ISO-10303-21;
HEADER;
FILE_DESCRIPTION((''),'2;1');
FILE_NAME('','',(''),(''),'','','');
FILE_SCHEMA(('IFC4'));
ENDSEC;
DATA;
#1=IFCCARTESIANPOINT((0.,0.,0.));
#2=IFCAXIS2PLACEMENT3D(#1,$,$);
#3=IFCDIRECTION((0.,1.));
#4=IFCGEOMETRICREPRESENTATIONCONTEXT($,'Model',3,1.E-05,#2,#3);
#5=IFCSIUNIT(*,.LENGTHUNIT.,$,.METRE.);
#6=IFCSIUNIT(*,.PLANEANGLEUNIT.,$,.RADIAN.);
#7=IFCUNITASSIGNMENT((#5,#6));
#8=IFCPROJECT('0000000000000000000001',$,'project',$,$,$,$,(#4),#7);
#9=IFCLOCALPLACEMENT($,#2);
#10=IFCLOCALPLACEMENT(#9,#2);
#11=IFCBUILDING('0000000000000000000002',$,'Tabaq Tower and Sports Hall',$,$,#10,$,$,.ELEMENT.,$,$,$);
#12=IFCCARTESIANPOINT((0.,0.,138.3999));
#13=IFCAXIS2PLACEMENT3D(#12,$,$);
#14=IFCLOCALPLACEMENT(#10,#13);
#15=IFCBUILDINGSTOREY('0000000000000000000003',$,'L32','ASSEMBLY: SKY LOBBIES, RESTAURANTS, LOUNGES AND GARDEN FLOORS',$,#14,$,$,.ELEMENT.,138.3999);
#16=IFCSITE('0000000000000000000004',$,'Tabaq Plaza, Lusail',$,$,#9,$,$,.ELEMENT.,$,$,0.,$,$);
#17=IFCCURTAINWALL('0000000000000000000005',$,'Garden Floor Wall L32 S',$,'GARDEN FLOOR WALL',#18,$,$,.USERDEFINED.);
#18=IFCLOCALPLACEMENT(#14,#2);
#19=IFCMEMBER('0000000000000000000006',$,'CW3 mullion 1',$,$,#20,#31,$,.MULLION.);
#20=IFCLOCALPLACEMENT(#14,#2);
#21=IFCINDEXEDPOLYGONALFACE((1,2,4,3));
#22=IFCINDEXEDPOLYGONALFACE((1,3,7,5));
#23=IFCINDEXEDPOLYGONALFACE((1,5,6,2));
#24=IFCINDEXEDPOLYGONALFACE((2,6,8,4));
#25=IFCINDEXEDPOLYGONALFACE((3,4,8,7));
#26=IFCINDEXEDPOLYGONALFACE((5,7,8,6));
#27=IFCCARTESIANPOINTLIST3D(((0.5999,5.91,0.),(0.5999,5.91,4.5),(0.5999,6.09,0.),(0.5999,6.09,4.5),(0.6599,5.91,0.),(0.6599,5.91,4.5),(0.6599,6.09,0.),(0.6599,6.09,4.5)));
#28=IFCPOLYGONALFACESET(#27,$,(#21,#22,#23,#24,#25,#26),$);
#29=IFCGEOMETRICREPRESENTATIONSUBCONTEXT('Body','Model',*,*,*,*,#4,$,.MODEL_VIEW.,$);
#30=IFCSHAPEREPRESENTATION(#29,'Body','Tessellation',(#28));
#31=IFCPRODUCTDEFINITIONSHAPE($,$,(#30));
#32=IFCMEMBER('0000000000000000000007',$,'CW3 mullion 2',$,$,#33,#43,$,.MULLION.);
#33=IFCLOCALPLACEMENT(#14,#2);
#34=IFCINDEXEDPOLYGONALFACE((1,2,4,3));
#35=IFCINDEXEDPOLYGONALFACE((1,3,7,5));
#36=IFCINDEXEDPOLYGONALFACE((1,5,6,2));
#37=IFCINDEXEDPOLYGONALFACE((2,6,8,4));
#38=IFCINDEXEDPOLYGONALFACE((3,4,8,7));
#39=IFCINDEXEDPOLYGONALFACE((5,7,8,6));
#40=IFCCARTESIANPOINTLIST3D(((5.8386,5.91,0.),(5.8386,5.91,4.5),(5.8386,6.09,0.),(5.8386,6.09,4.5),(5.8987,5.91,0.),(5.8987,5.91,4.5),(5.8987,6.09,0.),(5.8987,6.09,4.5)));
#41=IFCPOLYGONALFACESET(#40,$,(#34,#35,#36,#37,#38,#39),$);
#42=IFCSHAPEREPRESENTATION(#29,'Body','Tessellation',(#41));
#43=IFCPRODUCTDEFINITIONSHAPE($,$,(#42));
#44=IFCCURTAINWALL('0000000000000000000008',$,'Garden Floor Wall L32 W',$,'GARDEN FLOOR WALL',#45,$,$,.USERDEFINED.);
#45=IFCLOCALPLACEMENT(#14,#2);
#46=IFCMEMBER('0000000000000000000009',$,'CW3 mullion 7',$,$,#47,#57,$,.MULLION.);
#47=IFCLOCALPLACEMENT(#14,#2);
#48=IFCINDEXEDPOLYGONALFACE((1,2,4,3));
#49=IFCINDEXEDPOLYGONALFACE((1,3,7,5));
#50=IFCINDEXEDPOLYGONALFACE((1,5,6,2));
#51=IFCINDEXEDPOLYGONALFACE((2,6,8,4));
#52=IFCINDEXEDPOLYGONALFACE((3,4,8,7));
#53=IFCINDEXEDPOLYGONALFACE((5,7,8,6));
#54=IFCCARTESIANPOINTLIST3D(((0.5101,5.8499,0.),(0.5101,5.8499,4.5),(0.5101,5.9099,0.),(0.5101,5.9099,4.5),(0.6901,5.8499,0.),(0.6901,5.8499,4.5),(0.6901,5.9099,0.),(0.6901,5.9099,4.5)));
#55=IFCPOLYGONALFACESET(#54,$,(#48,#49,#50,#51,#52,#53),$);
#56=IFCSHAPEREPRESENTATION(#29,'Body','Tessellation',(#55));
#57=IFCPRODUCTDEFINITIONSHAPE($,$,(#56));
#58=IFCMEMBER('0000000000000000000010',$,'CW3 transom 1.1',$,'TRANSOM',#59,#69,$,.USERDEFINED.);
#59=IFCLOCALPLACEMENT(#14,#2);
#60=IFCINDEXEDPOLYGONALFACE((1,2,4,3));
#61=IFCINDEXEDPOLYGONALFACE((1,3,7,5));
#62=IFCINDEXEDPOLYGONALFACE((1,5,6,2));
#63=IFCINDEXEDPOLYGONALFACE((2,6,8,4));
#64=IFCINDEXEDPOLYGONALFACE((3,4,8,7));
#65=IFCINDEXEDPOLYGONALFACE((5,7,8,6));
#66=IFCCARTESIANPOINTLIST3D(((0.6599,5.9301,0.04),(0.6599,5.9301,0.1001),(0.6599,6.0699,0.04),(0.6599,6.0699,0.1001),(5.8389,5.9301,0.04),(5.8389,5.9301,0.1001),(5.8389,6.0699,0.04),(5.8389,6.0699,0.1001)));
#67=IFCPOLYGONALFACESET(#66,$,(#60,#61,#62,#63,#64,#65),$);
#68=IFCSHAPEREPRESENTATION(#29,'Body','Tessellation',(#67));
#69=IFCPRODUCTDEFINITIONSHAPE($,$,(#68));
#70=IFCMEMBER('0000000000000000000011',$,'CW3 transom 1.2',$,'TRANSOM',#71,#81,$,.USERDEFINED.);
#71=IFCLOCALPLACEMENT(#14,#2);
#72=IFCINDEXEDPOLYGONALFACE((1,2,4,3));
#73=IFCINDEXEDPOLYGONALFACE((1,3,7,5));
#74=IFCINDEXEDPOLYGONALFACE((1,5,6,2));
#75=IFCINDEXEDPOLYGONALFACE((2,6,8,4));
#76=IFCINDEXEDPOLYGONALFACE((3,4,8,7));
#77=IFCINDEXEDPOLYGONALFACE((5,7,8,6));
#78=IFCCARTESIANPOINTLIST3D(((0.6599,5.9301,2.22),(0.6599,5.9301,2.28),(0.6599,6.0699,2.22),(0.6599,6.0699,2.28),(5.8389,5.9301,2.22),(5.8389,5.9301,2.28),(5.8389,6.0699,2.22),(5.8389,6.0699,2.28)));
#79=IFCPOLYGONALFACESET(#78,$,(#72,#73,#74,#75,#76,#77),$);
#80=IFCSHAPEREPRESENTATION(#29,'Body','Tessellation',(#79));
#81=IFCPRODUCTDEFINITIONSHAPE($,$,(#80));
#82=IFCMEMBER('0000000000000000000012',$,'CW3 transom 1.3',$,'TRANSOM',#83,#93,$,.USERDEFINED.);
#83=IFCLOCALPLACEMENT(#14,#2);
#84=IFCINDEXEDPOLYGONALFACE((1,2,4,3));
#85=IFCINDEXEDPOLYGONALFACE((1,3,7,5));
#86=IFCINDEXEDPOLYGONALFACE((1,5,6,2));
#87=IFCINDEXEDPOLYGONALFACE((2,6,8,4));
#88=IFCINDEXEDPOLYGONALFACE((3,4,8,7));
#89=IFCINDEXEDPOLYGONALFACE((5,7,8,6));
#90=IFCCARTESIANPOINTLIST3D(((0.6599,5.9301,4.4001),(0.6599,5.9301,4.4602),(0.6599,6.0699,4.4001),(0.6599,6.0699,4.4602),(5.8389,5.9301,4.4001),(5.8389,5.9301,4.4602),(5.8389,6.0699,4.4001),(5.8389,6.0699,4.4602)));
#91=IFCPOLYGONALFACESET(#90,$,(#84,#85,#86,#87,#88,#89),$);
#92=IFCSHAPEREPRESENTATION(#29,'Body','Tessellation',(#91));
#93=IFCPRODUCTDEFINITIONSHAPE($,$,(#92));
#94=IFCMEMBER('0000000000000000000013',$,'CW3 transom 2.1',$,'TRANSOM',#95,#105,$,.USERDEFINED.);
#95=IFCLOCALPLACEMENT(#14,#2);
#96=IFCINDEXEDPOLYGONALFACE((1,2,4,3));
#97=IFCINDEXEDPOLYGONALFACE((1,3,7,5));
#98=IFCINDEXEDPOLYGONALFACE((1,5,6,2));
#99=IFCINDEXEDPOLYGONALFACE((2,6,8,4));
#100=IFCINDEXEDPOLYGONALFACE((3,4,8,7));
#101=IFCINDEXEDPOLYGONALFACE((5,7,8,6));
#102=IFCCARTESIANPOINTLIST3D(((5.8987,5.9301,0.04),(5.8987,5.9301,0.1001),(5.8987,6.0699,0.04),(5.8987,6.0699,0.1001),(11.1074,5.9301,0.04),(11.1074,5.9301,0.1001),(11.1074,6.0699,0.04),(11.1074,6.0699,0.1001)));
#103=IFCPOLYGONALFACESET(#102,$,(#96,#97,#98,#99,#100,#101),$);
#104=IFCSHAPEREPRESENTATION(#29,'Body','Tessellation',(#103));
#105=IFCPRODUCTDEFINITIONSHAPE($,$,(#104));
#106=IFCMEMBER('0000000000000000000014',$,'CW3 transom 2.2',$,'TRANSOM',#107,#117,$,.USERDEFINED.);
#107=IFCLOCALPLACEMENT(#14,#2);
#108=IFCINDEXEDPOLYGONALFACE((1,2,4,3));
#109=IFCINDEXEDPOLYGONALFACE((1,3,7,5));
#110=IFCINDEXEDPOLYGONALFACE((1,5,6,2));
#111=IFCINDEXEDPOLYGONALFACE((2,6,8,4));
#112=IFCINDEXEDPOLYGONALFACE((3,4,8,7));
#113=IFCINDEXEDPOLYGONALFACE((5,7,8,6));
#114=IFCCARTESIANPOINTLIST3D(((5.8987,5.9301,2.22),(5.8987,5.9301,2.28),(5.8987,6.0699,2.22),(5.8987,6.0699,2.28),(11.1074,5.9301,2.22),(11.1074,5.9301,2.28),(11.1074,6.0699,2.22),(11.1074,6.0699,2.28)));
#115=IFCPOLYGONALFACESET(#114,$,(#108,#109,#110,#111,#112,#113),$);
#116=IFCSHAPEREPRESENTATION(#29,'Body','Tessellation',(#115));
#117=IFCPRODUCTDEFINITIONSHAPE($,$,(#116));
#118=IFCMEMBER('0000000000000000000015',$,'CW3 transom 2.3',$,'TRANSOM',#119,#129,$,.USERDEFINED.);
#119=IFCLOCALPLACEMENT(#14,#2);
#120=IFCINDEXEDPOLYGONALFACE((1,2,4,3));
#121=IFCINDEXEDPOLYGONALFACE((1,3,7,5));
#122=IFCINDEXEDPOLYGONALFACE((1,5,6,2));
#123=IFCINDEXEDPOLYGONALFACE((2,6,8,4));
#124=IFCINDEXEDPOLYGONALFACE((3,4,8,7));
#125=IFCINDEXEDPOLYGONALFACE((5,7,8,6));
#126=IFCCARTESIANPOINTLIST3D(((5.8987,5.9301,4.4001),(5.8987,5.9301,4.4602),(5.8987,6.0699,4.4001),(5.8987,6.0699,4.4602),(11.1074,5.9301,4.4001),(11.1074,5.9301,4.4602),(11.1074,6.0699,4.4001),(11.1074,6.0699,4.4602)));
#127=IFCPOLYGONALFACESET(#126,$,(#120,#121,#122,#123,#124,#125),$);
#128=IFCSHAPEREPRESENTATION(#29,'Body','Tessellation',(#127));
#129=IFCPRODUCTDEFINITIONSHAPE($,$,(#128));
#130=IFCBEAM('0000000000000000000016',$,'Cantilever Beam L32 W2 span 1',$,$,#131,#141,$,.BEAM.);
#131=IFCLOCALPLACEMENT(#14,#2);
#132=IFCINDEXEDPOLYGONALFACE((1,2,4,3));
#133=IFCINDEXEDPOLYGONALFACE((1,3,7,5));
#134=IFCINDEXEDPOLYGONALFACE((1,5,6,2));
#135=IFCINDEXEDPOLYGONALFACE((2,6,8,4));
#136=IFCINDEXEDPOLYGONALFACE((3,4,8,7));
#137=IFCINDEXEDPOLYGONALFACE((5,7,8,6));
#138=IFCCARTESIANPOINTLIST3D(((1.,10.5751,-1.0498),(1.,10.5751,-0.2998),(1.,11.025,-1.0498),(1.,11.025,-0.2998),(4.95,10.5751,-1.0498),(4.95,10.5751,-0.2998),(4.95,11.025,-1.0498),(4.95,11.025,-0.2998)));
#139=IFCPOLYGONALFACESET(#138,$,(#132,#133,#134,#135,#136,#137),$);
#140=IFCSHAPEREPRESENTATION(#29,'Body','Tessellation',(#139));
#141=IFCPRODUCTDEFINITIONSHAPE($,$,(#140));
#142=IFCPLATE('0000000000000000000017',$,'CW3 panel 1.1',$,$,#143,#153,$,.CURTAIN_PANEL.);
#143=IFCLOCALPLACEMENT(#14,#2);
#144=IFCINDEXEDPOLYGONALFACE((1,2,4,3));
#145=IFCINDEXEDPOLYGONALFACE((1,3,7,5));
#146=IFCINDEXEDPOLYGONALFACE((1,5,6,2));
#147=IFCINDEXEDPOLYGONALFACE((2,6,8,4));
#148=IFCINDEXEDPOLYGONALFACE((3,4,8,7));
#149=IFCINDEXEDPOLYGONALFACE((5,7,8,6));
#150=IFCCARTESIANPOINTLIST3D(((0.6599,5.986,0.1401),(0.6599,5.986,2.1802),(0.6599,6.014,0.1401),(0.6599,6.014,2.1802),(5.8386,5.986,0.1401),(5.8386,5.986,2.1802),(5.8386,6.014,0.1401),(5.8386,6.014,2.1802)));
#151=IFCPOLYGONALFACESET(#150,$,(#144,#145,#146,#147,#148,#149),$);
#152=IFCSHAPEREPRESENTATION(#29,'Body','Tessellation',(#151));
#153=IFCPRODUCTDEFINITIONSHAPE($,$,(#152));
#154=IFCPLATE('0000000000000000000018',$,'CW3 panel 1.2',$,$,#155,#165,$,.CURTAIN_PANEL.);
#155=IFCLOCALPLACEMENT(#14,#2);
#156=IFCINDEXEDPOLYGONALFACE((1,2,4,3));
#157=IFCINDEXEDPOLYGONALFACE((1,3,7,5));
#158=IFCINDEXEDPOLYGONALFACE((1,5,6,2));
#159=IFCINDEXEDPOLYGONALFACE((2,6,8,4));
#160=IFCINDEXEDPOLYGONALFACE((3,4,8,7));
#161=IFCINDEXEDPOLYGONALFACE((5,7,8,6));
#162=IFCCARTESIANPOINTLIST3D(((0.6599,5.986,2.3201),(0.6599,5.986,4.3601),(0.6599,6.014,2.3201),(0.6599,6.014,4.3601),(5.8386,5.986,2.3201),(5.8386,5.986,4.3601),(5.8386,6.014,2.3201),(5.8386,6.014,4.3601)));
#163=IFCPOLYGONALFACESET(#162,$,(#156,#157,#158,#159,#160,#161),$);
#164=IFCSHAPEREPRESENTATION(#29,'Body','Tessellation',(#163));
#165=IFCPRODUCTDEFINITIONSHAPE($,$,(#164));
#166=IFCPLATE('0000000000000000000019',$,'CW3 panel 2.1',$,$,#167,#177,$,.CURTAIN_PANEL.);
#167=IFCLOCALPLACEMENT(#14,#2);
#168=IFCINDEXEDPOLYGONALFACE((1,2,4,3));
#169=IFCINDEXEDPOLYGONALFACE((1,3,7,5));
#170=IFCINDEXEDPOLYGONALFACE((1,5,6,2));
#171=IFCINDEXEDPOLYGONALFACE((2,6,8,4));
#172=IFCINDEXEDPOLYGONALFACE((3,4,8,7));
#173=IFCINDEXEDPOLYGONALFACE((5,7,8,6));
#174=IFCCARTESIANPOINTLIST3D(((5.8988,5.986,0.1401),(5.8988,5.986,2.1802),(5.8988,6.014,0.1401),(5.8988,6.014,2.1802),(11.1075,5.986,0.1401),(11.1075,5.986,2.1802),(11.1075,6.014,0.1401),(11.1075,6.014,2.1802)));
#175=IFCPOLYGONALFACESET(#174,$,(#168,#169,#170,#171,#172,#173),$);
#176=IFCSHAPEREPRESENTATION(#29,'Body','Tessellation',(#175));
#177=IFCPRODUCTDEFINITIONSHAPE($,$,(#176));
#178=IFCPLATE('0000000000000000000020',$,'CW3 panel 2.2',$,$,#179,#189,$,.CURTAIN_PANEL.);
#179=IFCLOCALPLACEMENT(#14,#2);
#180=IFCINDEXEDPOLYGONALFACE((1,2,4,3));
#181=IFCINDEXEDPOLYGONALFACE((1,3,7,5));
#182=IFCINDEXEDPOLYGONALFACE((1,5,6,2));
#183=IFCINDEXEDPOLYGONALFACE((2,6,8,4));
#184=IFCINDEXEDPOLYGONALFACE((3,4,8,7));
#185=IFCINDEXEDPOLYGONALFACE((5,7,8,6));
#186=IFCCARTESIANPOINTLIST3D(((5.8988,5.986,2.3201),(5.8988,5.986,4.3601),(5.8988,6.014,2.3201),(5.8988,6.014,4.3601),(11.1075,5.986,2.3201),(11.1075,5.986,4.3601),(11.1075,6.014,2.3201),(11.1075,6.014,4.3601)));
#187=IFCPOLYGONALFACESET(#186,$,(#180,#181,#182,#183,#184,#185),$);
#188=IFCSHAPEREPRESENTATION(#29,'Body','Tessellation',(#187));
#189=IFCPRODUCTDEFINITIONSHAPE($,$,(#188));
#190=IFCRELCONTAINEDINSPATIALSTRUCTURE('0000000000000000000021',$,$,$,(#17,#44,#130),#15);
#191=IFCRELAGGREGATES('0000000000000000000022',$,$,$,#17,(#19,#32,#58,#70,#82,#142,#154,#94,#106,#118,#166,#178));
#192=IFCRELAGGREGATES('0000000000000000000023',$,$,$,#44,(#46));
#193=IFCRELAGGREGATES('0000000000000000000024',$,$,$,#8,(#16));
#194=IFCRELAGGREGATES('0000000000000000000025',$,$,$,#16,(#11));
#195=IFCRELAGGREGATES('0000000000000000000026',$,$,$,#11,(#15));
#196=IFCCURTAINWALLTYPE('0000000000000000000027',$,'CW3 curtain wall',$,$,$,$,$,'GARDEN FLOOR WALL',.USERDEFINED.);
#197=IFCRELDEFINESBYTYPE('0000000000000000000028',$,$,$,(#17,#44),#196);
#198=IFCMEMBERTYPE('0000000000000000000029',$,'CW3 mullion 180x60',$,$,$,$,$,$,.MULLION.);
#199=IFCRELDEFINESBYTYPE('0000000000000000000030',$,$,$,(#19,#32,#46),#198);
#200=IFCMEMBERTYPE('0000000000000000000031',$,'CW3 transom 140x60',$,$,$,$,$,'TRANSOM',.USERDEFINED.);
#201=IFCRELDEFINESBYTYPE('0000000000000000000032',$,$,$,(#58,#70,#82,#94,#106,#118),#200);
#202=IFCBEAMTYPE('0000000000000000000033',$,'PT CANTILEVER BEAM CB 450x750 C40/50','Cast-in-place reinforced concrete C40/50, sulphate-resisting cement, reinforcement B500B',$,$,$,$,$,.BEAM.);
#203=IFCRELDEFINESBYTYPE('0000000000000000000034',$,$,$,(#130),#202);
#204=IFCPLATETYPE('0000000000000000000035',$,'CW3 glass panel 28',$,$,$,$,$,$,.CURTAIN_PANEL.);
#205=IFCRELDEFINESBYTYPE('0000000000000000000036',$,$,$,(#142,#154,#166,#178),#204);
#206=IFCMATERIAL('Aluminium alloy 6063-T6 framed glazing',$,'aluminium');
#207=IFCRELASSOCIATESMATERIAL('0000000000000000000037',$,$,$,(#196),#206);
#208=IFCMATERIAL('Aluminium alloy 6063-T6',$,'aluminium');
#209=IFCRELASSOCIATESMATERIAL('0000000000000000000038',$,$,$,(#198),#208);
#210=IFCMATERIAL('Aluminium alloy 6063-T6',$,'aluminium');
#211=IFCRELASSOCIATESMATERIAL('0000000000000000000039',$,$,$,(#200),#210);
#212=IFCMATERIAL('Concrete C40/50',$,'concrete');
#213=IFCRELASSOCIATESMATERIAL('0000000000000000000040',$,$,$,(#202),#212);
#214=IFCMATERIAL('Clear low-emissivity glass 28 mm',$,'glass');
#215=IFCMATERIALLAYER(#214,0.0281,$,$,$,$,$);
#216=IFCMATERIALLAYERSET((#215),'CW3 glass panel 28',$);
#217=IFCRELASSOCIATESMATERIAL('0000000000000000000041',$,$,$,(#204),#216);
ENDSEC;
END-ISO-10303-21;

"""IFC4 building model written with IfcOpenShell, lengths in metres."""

from ifc_helpers import new_model, si_unit, direction, frame, origin, origin_2d, place, context, subcontext, project, spatial, rectangle, extrude, material, layer, layer_set, material_profile, profile_set, type_object, element, aggregate, save


model = new_model("IFC4")

# Units and contexts
model_context = context("Model", 3, precision=1e-05, world=origin(), true_north=direction((0.0, 1.0)))
body_context = subcontext(model_context, "Body", "Model", "MODEL_VIEW")
ifc_project = project(units=[si_unit("LENGTHUNIT", "METRE"), si_unit("PLANEANGLEUNIT", "RADIAN")], contexts=[model_context])

# Site, building, storey
site_placement = place(None, origin())
site = spatial("IfcSite", under=ifc_project, at=site_placement, Name="Tabaq Plaza, Lusail", CompositionType="ELEMENT", RefElevation=0.0)
building_placement = place(site_placement, origin())
building = spatial("IfcBuilding", under=site, at=building_placement, Name="Tabaq Tower and Sports Hall", CompositionType="ELEMENT")
storey_placement = place(building_placement, frame((0.0, 0.0, 138.3999)))
storey = spatial("IfcBuildingStorey", under=building, at=storey_placement, Name="L32", Description="ASSEMBLY: SKY LOBBIES, RESTAURANTS, LOUNGES AND GARDEN FLOORS", CompositionType="ELEMENT", Elevation=138.3999)

# Curtain wall, members
ifc_material_1 = material(Name="Aluminium alloy 6063-T6 framed glazing", Category="aluminium")
curtain_wall_type = type_object("IfcCurtainWallType", Name="CW3 curtain wall", ElementType="GARDEN FLOOR WALL", PredefinedType="USERDEFINED", material=ifc_material_1)
curtain_wall_1_placement = place(storey_placement, origin())
curtain_wall_1 = element("IfcCurtainWall", 1, at=curtain_wall_1_placement, inside=storey, type_object=curtain_wall_type, Name="Garden Floor Wall L32 S", ObjectType="GARDEN FLOOR WALL", PredefinedType="USERDEFINED")
ifc_material_2 = material(Name="Aluminium alloy 6063-T6", Category="aluminium")
ifc_material_profile_1 = material_profile(ifc_material_2, rectangle(XDim=0.1799, YDim=0.0601, at=origin_2d()), Name="MULLION 180x60")
ifc_profile_set_1 = profile_set([ifc_material_profile_1], Name="Aluminium alloy 6063-T6")
member_type_1 = type_object("IfcMemberType", Name="CW3 mullion 180x60", PredefinedType="MULLION", material=ifc_profile_set_1)
member_1_placement = place(storey_placement, frame((0.6299, 6.0, 0.0), z_axis=(0.0, 0.0, 1.0), x_axis=(0.0, 1.0, 0.0)))
member_1 = element("IfcMember", 2, at=member_1_placement, type_object=member_type_1, Name="CW3 mullion 1", PredefinedType="MULLION", context=body_context, shape_type="SweptSolid", body=[
    extrude(rectangle(XDim=0.1799, YDim=0.0601, at=origin_2d()), origin(), (0.0, 0.0, 1.0), 4.5),
])
member_2_placement = place(storey_placement, frame((5.8687, 6.0, 0.0), z_axis=(0.0, 0.0, 1.0), x_axis=(0.0, 1.0, 0.0)))
member_2 = element("IfcMember", 3, at=member_2_placement, type_object=member_type_1, Name="CW3 mullion 2", PredefinedType="MULLION", context=body_context, shape_type="SweptSolid", body=[
    extrude(rectangle(XDim=0.1799, YDim=0.0601, at=origin_2d()), origin(), (0.0, 0.0, 1.0), 4.5),
])

# Curtain wall, member
curtain_wall_2_placement = place(storey_placement, origin())
curtain_wall_2 = element("IfcCurtainWall", 4, at=curtain_wall_2_placement, inside=storey, type_object=curtain_wall_type, Name="Garden Floor Wall L32 W", ObjectType="GARDEN FLOOR WALL", PredefinedType="USERDEFINED")
member_3_placement = place(storey_placement, frame((0.6001, 5.8799, 0.0), z_axis=(0.0, 0.0, 1.0), x_axis=(1.0, 0.0, 0.0)))
member_3 = element("IfcMember", 5, at=member_3_placement, type_object=member_type_1, Name="CW3 mullion 7", PredefinedType="MULLION", context=body_context, shape_type="SweptSolid", body=[
    extrude(rectangle(XDim=0.1799, YDim=0.0601, at=origin_2d()), origin(), (0.0, 0.0, 1.0), 4.5),
])

# Members
ifc_material_3 = material(Name="Aluminium alloy 6063-T6", Category="aluminium")
ifc_material_profile_2 = material_profile(ifc_material_3, rectangle(XDim=0.1399, YDim=0.0601, at=origin_2d()), Name="TRANSOM 140x60")
ifc_profile_set_2 = profile_set([ifc_material_profile_2], Name="Aluminium alloy 6063-T6")
member_type_2 = type_object("IfcMemberType", Name="CW3 transom 140x60", ElementType="TRANSOM", PredefinedType="USERDEFINED", material=ifc_profile_set_2)
member_4_placement = place(storey_placement, frame((0.6599, 6.0, 0.0701), z_axis=(1.0, 0.0, 0.0), x_axis=(0.0, 1.0, 0.0)))
member_4 = element("IfcMember", 6, at=member_4_placement, type_object=member_type_2, Name="CW3 transom 1.1", ObjectType="TRANSOM", PredefinedType="USERDEFINED", context=body_context, shape_type="SweptSolid", body=[
    extrude(rectangle(XDim=0.1399, YDim=0.0601, at=origin_2d()), origin(), (0.0, 0.0, 1.0), 5.179),
])
member_5_placement = place(storey_placement, frame((0.6599, 6.0, 2.25), z_axis=(1.0, 0.0, 0.0), x_axis=(0.0, 1.0, 0.0)))
member_5 = element("IfcMember", 7, at=member_5_placement, type_object=member_type_2, Name="CW3 transom 1.2", ObjectType="TRANSOM", PredefinedType="USERDEFINED", context=body_context, shape_type="SweptSolid", body=[
    extrude(rectangle(XDim=0.1399, YDim=0.0601, at=origin_2d()), origin(), (0.0, 0.0, 1.0), 5.179),
])
member_6_placement = place(storey_placement, frame((0.6599, 6.0, 4.4302), z_axis=(1.0, 0.0, 0.0), x_axis=(0.0, 1.0, 0.0)))
member_6 = element("IfcMember", 8, at=member_6_placement, type_object=member_type_2, Name="CW3 transom 1.3", ObjectType="TRANSOM", PredefinedType="USERDEFINED", context=body_context, shape_type="SweptSolid", body=[
    extrude(rectangle(XDim=0.1399, YDim=0.0601, at=origin_2d()), origin(), (0.0, 0.0, 1.0), 5.179),
])
member_7_placement = place(storey_placement, frame((5.8987, 6.0, 0.0701), z_axis=(1.0, 0.0, 0.0), x_axis=(0.0, 1.0, 0.0)))
member_7 = element("IfcMember", 9, at=member_7_placement, type_object=member_type_2, Name="CW3 transom 2.1", ObjectType="TRANSOM", PredefinedType="USERDEFINED", context=body_context, shape_type="SweptSolid", body=[
    extrude(rectangle(XDim=0.1399, YDim=0.0601, at=origin_2d()), origin(), (0.0, 0.0, 1.0), 5.2087),
])
member_8_placement = place(storey_placement, frame((5.8987, 6.0, 2.25), z_axis=(1.0, 0.0, 0.0), x_axis=(0.0, 1.0, 0.0)))
member_8 = element("IfcMember", 10, at=member_8_placement, type_object=member_type_2, Name="CW3 transom 2.2", ObjectType="TRANSOM", PredefinedType="USERDEFINED", context=body_context, shape_type="SweptSolid", body=[
    extrude(rectangle(XDim=0.1399, YDim=0.0601, at=origin_2d()), origin(), (0.0, 0.0, 1.0), 5.2087),
])
member_9_placement = place(storey_placement, frame((5.8987, 6.0, 4.4302), z_axis=(1.0, 0.0, 0.0), x_axis=(0.0, 1.0, 0.0)))
member_9 = element("IfcMember", 11, at=member_9_placement, type_object=member_type_2, Name="CW3 transom 2.3", ObjectType="TRANSOM", PredefinedType="USERDEFINED", context=body_context, shape_type="SweptSolid", body=[
    extrude(rectangle(XDim=0.1399, YDim=0.0601, at=origin_2d()), origin(), (0.0, 0.0, 1.0), 5.2087),
])

# Beam
ifc_material_4 = material(Name="Concrete C40/50", Category="concrete")
ifc_material_profile_3 = material_profile(ifc_material_4, rectangle(XDim=0.45, YDim=0.75, at=origin_2d()), Name="CB 450x750")
ifc_profile_set_3 = profile_set([ifc_material_profile_3], Name="Concrete C40/50")
beam_type = type_object("IfcBeamType", Name="PT CANTILEVER BEAM CB 450x750 C40/50", Description="Cast-in-place reinforced concrete C40/50, sulphate-resisting cement, reinforcement B500B", PredefinedType="BEAM", material=ifc_profile_set_3)
beam_placement = place(storey_placement, frame((1.0, 10.8, -0.6748), z_axis=(1.0, 0.0, 0.0), x_axis=(0.0, 1.0, 0.0)))
element("IfcBeam", 12, at=beam_placement, inside=storey, type_object=beam_type, Name="Cantilever Beam L32 W2 span 1", PredefinedType="BEAM", context=body_context, shape_type="SweptSolid", body=[
    extrude(rectangle(XDim=0.45, YDim=0.75, at=origin_2d()), origin(), (0.0, 0.0, 1.0), 3.95),
])

# Plates
ifc_material_5 = material(Name="Clear low-emissivity glass 28 mm", Category="glass")
ifc_layer_1 = layer(ifc_material_5, 0.0281)
ifc_layer_set_1 = layer_set([ifc_layer_1], Name="CW3 glass panel 28")
plate_type_1 = type_object("IfcPlateType", Name="CW3 glass panel 28", PredefinedType="CURTAIN_PANEL", material=ifc_layer_set_1)
plate_1_placement = place(storey_placement, frame((3.2493, 6.0, 0.1401), z_axis=(0.0, 0.0, 1.0), x_axis=(1.0, 0.0, 0.0)))
plate_1 = element("IfcPlate", 13, at=plate_1_placement, type_object=plate_type_1, Name="CW3 panel 1.1", PredefinedType="CURTAIN_PANEL", context=body_context, shape_type="SweptSolid", body=[
    extrude(rectangle(XDim=5.1787, YDim=0.0281, at=origin_2d()), origin(), (0.0, 0.0, 1.0), 2.04),
])
plate_2_placement = place(storey_placement, frame((3.2493, 6.0, 2.3201), z_axis=(0.0, 0.0, 1.0), x_axis=(1.0, 0.0, 0.0)))
plate_2 = element("IfcPlate", 14, at=plate_2_placement, type_object=plate_type_1, Name="CW3 panel 1.2", PredefinedType="CURTAIN_PANEL", context=body_context, shape_type="SweptSolid", body=[
    extrude(rectangle(XDim=5.1787, YDim=0.0281, at=origin_2d()), origin(), (0.0, 0.0, 1.0), 2.04),
])
plate_3_placement = place(storey_placement, frame((8.5032, 6.0, 0.1401), z_axis=(0.0, 0.0, 1.0), x_axis=(1.0, 0.0, 0.0)))
plate_3 = element("IfcPlate", 15, at=plate_3_placement, type_object=plate_type_1, Name="CW3 panel 2.1", PredefinedType="CURTAIN_PANEL", context=body_context, shape_type="SweptSolid", body=[
    extrude(rectangle(XDim=5.2087, YDim=0.0281, at=origin_2d()), origin(), (0.0, 0.0, 1.0), 2.04),
])
plate_4_placement = place(storey_placement, frame((8.5032, 6.0, 2.3201), z_axis=(0.0, 0.0, 1.0), x_axis=(1.0, 0.0, 0.0)))
plate_4 = element("IfcPlate", 16, at=plate_4_placement, type_object=plate_type_1, Name="CW3 panel 2.2", PredefinedType="CURTAIN_PANEL", context=body_context, shape_type="SweptSolid", body=[
    extrude(rectangle(XDim=5.2087, YDim=0.0281, at=origin_2d()), origin(), (0.0, 0.0, 1.0), 2.04),
])
aggregate(curtain_wall_1, [member_1, member_2, member_4, member_5, member_6, plate_1, plate_2, member_7, member_8, member_9, plate_3, plate_4])
aggregate(curtain_wall_2, [member_3])

save(model, "model.ifc")
